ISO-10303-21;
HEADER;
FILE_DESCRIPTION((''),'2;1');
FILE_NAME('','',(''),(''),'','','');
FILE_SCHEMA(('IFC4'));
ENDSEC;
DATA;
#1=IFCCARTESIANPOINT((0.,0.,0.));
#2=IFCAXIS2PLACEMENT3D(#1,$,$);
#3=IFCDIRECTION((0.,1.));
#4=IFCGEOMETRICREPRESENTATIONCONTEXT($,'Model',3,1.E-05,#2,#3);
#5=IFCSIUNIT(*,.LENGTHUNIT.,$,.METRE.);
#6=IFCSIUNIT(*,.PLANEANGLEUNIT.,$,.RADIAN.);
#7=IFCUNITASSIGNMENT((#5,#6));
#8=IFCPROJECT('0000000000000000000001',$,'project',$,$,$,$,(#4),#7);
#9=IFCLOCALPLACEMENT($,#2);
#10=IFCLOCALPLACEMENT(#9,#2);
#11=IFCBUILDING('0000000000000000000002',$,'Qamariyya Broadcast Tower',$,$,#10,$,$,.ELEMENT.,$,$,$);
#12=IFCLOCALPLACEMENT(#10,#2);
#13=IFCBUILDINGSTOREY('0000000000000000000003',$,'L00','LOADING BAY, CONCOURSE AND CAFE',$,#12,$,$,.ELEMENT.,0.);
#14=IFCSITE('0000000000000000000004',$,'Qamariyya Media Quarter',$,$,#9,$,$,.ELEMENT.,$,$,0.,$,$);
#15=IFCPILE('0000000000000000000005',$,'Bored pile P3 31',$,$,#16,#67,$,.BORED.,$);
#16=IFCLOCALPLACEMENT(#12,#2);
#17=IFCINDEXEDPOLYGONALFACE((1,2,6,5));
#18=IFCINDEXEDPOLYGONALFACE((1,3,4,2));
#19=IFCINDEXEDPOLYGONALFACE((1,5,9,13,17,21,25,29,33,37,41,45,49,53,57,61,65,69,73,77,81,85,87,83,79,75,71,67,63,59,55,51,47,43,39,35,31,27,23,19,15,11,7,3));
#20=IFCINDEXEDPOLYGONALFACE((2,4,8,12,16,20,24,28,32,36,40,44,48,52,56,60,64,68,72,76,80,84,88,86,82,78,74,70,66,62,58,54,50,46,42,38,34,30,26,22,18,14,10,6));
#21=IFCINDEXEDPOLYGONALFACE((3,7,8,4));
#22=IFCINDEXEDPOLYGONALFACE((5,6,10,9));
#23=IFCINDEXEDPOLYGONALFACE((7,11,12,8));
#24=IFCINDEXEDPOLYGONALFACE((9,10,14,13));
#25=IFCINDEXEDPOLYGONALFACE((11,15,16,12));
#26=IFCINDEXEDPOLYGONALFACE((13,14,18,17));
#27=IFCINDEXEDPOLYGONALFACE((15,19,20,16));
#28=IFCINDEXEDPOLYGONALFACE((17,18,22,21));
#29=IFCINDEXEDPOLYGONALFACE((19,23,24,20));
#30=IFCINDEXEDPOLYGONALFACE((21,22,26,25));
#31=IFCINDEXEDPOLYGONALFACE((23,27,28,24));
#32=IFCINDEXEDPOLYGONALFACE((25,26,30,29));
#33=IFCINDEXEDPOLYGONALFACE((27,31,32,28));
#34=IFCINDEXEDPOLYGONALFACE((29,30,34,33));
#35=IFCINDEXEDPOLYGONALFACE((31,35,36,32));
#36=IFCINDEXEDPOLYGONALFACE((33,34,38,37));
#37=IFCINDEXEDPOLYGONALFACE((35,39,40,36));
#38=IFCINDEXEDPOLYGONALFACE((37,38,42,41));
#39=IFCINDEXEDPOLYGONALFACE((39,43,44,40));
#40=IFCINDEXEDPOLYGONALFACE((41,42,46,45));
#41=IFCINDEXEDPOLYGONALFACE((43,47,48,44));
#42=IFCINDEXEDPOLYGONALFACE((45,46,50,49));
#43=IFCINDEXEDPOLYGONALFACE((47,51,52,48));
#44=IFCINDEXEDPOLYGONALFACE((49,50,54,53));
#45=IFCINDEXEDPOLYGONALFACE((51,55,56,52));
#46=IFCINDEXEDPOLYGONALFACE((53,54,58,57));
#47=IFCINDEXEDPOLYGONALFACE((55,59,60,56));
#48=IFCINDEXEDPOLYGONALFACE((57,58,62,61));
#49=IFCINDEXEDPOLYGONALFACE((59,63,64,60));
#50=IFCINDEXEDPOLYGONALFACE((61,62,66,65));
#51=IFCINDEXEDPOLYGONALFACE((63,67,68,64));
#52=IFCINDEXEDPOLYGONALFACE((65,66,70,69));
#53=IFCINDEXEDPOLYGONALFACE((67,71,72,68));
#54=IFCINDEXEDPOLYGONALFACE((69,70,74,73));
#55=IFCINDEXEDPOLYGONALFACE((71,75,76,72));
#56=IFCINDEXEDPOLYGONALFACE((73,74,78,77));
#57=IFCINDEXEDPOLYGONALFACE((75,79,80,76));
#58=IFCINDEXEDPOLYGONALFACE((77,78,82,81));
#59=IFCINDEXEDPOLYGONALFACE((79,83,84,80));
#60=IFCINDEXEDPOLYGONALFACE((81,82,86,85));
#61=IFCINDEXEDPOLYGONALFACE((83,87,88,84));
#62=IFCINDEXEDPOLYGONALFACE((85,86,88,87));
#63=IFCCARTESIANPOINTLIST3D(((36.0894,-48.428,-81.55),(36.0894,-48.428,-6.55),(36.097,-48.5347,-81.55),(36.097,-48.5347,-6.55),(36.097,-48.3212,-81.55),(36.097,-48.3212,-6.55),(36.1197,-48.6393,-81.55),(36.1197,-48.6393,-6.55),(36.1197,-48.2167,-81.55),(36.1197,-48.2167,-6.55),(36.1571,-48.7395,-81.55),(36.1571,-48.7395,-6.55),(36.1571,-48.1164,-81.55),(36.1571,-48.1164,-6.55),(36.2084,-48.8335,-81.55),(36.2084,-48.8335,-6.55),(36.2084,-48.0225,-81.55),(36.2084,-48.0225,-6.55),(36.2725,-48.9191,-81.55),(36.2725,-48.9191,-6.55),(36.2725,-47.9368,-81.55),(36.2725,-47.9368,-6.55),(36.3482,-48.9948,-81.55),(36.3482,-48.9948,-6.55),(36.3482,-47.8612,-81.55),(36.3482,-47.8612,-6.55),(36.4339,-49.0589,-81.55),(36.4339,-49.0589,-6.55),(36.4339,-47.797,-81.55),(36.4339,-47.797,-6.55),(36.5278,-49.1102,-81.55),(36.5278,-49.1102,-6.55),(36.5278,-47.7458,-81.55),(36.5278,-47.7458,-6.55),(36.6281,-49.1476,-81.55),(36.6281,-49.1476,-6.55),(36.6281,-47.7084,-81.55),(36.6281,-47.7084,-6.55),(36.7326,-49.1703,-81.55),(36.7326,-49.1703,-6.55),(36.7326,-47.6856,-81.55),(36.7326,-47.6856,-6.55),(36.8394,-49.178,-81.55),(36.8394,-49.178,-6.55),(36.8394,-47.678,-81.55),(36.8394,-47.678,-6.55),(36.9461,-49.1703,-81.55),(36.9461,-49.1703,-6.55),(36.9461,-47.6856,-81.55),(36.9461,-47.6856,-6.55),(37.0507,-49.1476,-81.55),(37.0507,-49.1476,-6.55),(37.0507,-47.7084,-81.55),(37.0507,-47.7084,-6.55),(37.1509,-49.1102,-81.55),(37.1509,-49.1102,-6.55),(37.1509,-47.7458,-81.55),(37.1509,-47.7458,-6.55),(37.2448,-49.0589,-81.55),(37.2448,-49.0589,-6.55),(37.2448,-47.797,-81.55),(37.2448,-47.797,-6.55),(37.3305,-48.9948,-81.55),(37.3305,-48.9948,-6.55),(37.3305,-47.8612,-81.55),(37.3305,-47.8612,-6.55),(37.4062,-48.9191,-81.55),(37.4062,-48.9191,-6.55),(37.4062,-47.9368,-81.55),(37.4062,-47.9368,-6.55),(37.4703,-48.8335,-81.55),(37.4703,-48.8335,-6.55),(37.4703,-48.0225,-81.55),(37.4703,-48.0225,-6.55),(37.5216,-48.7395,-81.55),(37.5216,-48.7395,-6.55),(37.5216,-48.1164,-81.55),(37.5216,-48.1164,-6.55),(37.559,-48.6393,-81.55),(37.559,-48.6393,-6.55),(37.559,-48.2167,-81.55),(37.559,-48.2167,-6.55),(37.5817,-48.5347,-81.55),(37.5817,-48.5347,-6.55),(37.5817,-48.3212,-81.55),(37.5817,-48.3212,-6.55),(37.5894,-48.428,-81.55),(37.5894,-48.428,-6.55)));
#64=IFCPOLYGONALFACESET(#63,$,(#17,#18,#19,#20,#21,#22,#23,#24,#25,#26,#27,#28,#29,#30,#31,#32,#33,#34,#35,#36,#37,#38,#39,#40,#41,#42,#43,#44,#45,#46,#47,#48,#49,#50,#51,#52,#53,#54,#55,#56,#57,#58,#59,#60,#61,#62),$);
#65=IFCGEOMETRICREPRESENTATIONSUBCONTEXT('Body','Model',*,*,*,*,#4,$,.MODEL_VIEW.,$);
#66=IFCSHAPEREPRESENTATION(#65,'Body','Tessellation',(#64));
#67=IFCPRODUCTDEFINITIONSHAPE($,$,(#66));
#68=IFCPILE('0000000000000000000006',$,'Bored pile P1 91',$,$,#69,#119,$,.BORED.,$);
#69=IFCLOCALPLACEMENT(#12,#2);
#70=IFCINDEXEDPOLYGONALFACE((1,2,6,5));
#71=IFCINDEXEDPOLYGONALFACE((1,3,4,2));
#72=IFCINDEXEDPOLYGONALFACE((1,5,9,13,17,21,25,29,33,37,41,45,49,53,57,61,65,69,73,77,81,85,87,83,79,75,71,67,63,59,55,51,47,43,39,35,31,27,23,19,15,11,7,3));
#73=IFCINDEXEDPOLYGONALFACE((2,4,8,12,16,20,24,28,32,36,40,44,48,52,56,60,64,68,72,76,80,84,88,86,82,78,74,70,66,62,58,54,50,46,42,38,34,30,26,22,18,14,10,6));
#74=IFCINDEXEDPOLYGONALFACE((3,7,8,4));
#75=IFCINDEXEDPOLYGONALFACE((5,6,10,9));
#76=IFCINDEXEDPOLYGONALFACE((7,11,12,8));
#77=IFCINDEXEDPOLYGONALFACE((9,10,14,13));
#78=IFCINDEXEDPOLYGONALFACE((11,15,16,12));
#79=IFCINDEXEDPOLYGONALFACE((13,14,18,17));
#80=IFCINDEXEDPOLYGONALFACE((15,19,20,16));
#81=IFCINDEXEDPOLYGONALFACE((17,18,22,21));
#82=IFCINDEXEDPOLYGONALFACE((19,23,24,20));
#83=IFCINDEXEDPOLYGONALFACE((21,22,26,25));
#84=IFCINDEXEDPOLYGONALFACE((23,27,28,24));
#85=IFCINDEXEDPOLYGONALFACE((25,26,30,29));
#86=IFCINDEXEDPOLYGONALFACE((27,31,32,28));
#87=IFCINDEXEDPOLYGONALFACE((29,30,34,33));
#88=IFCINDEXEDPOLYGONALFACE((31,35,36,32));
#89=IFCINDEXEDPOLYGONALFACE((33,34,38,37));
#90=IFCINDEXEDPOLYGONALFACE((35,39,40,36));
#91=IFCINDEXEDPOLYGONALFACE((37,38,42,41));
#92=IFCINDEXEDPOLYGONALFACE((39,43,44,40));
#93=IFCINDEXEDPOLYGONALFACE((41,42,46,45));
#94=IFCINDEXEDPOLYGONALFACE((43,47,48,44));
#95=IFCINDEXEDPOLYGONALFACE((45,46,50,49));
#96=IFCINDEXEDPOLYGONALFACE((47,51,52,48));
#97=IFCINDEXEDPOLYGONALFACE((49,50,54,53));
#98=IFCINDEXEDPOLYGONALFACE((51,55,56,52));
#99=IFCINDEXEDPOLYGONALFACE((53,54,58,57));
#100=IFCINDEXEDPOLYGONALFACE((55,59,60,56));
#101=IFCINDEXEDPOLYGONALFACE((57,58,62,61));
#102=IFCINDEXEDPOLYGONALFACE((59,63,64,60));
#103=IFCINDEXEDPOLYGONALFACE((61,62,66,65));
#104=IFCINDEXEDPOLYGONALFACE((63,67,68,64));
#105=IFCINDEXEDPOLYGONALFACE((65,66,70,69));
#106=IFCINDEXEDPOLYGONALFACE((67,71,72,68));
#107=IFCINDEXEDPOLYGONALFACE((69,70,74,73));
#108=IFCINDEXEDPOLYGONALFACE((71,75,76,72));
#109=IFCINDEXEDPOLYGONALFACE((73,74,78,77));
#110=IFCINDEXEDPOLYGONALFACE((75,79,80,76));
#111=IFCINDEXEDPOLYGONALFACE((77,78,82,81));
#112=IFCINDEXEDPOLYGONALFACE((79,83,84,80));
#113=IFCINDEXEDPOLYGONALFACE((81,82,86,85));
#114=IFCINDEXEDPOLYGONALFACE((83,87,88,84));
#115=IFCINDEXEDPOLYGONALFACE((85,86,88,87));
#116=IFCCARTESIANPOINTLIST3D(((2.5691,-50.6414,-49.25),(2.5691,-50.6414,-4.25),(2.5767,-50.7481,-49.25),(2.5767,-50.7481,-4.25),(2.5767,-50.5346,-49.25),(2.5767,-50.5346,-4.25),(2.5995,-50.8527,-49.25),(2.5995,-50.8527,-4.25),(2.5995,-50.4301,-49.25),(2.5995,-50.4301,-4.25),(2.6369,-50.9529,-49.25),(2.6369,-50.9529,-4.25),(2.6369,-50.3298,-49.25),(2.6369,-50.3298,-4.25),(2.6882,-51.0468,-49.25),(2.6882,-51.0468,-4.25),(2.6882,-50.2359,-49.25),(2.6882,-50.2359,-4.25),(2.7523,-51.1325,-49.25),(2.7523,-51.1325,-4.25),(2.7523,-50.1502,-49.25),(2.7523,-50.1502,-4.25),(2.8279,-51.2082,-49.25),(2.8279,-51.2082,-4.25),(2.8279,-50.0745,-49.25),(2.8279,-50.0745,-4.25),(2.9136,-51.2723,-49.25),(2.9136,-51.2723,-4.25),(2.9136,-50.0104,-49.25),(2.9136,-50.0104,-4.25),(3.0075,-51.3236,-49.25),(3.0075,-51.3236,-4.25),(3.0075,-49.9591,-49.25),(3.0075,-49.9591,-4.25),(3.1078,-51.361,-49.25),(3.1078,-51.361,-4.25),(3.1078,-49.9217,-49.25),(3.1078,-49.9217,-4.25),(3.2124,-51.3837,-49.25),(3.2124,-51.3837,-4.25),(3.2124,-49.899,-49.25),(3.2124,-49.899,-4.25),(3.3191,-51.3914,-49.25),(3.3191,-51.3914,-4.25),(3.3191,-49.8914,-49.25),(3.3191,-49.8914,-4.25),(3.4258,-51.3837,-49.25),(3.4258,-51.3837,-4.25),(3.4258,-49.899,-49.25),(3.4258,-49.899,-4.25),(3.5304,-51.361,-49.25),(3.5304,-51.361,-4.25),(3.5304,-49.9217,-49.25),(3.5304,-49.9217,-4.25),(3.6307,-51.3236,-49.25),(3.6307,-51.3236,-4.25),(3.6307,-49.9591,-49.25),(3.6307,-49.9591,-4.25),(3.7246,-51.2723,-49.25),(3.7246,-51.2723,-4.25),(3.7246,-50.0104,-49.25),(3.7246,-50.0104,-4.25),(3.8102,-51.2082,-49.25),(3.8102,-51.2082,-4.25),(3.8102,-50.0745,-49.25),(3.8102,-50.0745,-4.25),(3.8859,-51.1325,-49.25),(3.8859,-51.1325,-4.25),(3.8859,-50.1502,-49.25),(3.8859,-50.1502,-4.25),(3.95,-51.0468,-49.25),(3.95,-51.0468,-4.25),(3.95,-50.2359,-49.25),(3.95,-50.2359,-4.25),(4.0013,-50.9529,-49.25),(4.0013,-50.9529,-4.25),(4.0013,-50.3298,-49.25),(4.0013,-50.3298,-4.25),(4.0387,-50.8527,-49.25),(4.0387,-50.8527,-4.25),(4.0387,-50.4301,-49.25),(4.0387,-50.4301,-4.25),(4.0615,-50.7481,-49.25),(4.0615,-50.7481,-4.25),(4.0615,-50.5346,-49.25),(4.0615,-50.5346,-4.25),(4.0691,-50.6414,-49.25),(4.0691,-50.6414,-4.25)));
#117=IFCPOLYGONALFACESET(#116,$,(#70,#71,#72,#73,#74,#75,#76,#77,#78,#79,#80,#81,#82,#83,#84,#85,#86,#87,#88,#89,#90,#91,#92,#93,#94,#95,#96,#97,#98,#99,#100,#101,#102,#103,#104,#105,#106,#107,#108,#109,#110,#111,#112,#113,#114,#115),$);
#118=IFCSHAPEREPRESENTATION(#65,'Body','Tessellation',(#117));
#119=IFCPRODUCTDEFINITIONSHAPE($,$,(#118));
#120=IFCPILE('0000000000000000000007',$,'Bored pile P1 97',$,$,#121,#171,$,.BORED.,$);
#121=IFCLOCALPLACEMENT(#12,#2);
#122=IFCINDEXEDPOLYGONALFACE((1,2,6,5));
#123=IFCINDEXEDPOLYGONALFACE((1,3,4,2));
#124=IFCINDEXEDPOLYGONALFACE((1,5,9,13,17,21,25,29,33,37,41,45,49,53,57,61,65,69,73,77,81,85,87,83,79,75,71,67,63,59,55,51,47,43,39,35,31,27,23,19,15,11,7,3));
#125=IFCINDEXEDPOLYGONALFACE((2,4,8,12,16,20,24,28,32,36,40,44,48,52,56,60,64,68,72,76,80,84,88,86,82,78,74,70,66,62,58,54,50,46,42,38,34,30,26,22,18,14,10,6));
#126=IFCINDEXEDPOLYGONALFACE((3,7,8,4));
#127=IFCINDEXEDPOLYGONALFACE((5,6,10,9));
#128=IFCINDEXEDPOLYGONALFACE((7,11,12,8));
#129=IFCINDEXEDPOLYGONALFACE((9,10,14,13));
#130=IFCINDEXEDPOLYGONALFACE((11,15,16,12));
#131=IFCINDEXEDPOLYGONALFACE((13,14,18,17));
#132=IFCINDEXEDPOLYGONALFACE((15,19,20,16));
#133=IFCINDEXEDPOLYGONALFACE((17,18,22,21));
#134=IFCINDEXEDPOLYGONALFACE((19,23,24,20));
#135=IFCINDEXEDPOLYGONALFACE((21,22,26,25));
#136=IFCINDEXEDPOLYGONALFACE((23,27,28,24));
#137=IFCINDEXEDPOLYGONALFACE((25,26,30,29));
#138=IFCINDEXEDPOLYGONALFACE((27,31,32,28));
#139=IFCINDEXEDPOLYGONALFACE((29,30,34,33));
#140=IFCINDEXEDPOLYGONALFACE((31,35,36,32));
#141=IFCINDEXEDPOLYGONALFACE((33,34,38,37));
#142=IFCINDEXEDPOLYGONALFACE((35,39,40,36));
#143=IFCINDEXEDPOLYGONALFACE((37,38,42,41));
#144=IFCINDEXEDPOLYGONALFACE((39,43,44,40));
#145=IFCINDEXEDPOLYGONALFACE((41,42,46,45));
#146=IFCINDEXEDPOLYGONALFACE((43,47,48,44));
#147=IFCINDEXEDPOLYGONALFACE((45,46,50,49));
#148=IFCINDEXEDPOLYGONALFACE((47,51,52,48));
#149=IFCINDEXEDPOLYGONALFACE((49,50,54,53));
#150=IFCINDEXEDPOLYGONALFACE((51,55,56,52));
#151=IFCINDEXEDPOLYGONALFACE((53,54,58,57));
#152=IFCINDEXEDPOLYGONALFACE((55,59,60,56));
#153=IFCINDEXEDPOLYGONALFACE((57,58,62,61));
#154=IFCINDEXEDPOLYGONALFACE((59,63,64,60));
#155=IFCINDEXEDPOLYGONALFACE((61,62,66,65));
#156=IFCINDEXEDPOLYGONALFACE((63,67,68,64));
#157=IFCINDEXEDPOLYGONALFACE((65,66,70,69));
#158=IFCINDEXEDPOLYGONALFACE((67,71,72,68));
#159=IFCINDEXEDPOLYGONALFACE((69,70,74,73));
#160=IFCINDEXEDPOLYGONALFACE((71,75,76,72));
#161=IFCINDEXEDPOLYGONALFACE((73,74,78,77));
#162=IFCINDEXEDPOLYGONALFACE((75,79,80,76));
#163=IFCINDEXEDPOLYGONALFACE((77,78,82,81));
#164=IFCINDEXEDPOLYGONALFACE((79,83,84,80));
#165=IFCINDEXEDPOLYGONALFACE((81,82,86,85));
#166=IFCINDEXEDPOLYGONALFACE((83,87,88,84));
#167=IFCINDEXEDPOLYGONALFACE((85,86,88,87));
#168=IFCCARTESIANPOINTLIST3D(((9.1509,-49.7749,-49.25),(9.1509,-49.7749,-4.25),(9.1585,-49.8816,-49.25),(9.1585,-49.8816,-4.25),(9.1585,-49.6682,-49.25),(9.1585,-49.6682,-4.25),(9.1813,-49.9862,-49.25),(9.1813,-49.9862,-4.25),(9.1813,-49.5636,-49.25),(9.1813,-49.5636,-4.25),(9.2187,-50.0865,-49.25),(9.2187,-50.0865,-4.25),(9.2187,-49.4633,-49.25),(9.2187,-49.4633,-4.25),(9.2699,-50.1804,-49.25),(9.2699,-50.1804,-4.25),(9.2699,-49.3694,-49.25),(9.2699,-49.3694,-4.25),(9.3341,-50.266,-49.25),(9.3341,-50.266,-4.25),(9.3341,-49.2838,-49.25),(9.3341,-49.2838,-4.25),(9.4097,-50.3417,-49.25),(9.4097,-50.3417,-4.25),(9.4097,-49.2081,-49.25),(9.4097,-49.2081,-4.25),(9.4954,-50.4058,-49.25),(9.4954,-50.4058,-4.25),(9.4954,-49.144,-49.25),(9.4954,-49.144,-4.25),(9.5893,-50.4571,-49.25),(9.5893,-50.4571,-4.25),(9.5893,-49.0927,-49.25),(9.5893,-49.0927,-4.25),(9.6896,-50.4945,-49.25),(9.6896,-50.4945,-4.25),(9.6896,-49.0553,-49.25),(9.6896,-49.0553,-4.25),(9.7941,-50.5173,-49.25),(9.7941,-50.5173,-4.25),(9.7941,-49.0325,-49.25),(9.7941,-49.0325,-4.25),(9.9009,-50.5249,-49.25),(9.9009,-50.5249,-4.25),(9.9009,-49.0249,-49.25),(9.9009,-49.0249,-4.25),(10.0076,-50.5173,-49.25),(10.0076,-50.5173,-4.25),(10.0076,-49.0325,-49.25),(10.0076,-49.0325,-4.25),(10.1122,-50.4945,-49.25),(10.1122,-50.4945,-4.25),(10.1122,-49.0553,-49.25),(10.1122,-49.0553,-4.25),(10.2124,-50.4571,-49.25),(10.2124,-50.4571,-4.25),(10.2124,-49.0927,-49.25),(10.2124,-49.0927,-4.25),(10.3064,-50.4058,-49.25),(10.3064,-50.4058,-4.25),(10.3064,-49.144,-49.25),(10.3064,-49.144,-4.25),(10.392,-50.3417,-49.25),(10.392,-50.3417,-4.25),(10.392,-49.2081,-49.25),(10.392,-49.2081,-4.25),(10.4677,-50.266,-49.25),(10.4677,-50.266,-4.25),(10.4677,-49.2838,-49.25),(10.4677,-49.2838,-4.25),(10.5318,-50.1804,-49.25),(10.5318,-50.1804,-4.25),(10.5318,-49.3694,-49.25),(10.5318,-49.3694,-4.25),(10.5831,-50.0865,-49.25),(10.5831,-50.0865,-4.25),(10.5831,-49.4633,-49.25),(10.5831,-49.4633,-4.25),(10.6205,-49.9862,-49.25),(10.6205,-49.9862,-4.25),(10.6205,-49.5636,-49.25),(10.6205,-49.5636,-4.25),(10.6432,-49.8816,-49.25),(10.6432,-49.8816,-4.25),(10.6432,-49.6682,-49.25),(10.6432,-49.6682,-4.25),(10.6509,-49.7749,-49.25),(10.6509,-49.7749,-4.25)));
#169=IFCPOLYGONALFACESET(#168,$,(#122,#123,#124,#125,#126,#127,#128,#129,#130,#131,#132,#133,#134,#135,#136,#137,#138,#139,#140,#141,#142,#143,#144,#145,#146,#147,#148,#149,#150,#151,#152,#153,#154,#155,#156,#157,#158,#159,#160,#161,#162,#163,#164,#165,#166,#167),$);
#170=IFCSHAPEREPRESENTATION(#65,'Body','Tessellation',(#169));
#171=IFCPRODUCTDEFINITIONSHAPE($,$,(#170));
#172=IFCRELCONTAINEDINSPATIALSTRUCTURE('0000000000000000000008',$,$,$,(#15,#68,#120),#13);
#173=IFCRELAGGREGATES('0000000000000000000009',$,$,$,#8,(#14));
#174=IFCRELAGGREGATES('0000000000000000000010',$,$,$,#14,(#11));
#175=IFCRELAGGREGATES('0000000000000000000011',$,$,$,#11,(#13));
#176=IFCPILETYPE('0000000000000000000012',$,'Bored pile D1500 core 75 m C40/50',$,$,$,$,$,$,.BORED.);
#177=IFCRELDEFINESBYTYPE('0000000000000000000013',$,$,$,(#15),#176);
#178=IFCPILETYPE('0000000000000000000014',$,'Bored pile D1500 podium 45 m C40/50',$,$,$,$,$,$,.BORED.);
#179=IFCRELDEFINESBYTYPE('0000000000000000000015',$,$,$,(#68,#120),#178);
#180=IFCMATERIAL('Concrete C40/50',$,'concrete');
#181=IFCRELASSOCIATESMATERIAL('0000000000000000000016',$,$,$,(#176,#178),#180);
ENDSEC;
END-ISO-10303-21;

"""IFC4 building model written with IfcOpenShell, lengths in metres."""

from ifc_helpers import new_model, si_unit, direction, frame, origin, origin_2d, place, context, subcontext, project, spatial, circle, extrude, material, material_profile, profile_set, type_object, element, save


model = new_model("IFC4")

# Units and contexts
model_context = context("Model", 3, precision=1e-05, world=origin(), true_north=direction((0.0, 1.0)))
body_context = subcontext(model_context, "Body", "Model", "MODEL_VIEW")
ifc_project = project(units=[si_unit("LENGTHUNIT", "METRE"), si_unit("PLANEANGLEUNIT", "RADIAN")], contexts=[model_context])

# Site, building, storey
site_placement = place(None, origin())
site = spatial("IfcSite", under=ifc_project, at=site_placement, Name="Qamariyya Media Quarter", CompositionType="ELEMENT", RefElevation=0.0)
building_placement = place(site_placement, origin())
building = spatial("IfcBuilding", under=site, at=building_placement, Name="Qamariyya Broadcast Tower", CompositionType="ELEMENT")
storey_placement = place(building_placement, origin())
storey = spatial("IfcBuildingStorey", under=building, at=storey_placement, Name="L00", Description="LOADING BAY, CONCOURSE AND CAFE", CompositionType="ELEMENT", Elevation=0.0)

# Piles
ifc_material_1 = material(Name="Concrete C40/50", Category="concrete")
ifc_material_profile_1 = material_profile(ifc_material_1, circle(Radius=0.75, at=origin_2d()))
ifc_profile_set_1 = profile_set([ifc_material_profile_1], Name="Concrete C40/50")
pile_type_1 = type_object("IfcPileType", Name="Bored pile D1500 core 75 m C40/50", PredefinedType="BORED", material=ifc_profile_set_1)
pile_placement = place(storey_placement, frame((36.8394, -48.428, -6.55), z_axis=(0.0, 0.0, -1.0), x_axis=(1.0, 0.0, 0.0)))
element("IfcPile", 1, at=pile_placement, inside=storey, type_object=pile_type_1, Name="Bored pile P3 31", PredefinedType="BORED", context=body_context, shape_type="SweptSolid", body=[
    extrude(circle(Radius=0.75, at=origin_2d()), origin(), (0.0, 0.0, 1.0), 75.0),
])
ifc_material_profile_2 = material_profile(ifc_material_1, circle(Radius=0.75, at=origin_2d()))
ifc_profile_set_2 = profile_set([ifc_material_profile_2], Name="Concrete C40/50")
pile_type_2 = type_object("IfcPileType", Name="Bored pile D1500 podium 45 m C40/50", PredefinedType="BORED", material=ifc_profile_set_2)
for number, where, z_axis, x_axis, name in (
    (2, (3.3191, -50.6414, -4.25), (0.0, 0.0, -1.0), (1.0, 0.0, 0.0), "Bored pile P1 91"),
    (3, (9.9009, -49.7749, -4.25), (0.0, 0.0, -1.0), (1.0, 0.0, 0.0), "Bored pile P1 97"),
):
    element("IfcPile", number, at=place(storey_placement, frame(where, z_axis=z_axis, x_axis=x_axis)), inside=storey, type_object=pile_type_2, Name=name, PredefinedType="BORED", context=body_context, shape_type="SweptSolid", body=[
        extrude(circle(Radius=0.75, at=origin_2d()), origin(), (0.0, 0.0, 1.0), 45.0),
    ])

save(model, "model.ifc")
